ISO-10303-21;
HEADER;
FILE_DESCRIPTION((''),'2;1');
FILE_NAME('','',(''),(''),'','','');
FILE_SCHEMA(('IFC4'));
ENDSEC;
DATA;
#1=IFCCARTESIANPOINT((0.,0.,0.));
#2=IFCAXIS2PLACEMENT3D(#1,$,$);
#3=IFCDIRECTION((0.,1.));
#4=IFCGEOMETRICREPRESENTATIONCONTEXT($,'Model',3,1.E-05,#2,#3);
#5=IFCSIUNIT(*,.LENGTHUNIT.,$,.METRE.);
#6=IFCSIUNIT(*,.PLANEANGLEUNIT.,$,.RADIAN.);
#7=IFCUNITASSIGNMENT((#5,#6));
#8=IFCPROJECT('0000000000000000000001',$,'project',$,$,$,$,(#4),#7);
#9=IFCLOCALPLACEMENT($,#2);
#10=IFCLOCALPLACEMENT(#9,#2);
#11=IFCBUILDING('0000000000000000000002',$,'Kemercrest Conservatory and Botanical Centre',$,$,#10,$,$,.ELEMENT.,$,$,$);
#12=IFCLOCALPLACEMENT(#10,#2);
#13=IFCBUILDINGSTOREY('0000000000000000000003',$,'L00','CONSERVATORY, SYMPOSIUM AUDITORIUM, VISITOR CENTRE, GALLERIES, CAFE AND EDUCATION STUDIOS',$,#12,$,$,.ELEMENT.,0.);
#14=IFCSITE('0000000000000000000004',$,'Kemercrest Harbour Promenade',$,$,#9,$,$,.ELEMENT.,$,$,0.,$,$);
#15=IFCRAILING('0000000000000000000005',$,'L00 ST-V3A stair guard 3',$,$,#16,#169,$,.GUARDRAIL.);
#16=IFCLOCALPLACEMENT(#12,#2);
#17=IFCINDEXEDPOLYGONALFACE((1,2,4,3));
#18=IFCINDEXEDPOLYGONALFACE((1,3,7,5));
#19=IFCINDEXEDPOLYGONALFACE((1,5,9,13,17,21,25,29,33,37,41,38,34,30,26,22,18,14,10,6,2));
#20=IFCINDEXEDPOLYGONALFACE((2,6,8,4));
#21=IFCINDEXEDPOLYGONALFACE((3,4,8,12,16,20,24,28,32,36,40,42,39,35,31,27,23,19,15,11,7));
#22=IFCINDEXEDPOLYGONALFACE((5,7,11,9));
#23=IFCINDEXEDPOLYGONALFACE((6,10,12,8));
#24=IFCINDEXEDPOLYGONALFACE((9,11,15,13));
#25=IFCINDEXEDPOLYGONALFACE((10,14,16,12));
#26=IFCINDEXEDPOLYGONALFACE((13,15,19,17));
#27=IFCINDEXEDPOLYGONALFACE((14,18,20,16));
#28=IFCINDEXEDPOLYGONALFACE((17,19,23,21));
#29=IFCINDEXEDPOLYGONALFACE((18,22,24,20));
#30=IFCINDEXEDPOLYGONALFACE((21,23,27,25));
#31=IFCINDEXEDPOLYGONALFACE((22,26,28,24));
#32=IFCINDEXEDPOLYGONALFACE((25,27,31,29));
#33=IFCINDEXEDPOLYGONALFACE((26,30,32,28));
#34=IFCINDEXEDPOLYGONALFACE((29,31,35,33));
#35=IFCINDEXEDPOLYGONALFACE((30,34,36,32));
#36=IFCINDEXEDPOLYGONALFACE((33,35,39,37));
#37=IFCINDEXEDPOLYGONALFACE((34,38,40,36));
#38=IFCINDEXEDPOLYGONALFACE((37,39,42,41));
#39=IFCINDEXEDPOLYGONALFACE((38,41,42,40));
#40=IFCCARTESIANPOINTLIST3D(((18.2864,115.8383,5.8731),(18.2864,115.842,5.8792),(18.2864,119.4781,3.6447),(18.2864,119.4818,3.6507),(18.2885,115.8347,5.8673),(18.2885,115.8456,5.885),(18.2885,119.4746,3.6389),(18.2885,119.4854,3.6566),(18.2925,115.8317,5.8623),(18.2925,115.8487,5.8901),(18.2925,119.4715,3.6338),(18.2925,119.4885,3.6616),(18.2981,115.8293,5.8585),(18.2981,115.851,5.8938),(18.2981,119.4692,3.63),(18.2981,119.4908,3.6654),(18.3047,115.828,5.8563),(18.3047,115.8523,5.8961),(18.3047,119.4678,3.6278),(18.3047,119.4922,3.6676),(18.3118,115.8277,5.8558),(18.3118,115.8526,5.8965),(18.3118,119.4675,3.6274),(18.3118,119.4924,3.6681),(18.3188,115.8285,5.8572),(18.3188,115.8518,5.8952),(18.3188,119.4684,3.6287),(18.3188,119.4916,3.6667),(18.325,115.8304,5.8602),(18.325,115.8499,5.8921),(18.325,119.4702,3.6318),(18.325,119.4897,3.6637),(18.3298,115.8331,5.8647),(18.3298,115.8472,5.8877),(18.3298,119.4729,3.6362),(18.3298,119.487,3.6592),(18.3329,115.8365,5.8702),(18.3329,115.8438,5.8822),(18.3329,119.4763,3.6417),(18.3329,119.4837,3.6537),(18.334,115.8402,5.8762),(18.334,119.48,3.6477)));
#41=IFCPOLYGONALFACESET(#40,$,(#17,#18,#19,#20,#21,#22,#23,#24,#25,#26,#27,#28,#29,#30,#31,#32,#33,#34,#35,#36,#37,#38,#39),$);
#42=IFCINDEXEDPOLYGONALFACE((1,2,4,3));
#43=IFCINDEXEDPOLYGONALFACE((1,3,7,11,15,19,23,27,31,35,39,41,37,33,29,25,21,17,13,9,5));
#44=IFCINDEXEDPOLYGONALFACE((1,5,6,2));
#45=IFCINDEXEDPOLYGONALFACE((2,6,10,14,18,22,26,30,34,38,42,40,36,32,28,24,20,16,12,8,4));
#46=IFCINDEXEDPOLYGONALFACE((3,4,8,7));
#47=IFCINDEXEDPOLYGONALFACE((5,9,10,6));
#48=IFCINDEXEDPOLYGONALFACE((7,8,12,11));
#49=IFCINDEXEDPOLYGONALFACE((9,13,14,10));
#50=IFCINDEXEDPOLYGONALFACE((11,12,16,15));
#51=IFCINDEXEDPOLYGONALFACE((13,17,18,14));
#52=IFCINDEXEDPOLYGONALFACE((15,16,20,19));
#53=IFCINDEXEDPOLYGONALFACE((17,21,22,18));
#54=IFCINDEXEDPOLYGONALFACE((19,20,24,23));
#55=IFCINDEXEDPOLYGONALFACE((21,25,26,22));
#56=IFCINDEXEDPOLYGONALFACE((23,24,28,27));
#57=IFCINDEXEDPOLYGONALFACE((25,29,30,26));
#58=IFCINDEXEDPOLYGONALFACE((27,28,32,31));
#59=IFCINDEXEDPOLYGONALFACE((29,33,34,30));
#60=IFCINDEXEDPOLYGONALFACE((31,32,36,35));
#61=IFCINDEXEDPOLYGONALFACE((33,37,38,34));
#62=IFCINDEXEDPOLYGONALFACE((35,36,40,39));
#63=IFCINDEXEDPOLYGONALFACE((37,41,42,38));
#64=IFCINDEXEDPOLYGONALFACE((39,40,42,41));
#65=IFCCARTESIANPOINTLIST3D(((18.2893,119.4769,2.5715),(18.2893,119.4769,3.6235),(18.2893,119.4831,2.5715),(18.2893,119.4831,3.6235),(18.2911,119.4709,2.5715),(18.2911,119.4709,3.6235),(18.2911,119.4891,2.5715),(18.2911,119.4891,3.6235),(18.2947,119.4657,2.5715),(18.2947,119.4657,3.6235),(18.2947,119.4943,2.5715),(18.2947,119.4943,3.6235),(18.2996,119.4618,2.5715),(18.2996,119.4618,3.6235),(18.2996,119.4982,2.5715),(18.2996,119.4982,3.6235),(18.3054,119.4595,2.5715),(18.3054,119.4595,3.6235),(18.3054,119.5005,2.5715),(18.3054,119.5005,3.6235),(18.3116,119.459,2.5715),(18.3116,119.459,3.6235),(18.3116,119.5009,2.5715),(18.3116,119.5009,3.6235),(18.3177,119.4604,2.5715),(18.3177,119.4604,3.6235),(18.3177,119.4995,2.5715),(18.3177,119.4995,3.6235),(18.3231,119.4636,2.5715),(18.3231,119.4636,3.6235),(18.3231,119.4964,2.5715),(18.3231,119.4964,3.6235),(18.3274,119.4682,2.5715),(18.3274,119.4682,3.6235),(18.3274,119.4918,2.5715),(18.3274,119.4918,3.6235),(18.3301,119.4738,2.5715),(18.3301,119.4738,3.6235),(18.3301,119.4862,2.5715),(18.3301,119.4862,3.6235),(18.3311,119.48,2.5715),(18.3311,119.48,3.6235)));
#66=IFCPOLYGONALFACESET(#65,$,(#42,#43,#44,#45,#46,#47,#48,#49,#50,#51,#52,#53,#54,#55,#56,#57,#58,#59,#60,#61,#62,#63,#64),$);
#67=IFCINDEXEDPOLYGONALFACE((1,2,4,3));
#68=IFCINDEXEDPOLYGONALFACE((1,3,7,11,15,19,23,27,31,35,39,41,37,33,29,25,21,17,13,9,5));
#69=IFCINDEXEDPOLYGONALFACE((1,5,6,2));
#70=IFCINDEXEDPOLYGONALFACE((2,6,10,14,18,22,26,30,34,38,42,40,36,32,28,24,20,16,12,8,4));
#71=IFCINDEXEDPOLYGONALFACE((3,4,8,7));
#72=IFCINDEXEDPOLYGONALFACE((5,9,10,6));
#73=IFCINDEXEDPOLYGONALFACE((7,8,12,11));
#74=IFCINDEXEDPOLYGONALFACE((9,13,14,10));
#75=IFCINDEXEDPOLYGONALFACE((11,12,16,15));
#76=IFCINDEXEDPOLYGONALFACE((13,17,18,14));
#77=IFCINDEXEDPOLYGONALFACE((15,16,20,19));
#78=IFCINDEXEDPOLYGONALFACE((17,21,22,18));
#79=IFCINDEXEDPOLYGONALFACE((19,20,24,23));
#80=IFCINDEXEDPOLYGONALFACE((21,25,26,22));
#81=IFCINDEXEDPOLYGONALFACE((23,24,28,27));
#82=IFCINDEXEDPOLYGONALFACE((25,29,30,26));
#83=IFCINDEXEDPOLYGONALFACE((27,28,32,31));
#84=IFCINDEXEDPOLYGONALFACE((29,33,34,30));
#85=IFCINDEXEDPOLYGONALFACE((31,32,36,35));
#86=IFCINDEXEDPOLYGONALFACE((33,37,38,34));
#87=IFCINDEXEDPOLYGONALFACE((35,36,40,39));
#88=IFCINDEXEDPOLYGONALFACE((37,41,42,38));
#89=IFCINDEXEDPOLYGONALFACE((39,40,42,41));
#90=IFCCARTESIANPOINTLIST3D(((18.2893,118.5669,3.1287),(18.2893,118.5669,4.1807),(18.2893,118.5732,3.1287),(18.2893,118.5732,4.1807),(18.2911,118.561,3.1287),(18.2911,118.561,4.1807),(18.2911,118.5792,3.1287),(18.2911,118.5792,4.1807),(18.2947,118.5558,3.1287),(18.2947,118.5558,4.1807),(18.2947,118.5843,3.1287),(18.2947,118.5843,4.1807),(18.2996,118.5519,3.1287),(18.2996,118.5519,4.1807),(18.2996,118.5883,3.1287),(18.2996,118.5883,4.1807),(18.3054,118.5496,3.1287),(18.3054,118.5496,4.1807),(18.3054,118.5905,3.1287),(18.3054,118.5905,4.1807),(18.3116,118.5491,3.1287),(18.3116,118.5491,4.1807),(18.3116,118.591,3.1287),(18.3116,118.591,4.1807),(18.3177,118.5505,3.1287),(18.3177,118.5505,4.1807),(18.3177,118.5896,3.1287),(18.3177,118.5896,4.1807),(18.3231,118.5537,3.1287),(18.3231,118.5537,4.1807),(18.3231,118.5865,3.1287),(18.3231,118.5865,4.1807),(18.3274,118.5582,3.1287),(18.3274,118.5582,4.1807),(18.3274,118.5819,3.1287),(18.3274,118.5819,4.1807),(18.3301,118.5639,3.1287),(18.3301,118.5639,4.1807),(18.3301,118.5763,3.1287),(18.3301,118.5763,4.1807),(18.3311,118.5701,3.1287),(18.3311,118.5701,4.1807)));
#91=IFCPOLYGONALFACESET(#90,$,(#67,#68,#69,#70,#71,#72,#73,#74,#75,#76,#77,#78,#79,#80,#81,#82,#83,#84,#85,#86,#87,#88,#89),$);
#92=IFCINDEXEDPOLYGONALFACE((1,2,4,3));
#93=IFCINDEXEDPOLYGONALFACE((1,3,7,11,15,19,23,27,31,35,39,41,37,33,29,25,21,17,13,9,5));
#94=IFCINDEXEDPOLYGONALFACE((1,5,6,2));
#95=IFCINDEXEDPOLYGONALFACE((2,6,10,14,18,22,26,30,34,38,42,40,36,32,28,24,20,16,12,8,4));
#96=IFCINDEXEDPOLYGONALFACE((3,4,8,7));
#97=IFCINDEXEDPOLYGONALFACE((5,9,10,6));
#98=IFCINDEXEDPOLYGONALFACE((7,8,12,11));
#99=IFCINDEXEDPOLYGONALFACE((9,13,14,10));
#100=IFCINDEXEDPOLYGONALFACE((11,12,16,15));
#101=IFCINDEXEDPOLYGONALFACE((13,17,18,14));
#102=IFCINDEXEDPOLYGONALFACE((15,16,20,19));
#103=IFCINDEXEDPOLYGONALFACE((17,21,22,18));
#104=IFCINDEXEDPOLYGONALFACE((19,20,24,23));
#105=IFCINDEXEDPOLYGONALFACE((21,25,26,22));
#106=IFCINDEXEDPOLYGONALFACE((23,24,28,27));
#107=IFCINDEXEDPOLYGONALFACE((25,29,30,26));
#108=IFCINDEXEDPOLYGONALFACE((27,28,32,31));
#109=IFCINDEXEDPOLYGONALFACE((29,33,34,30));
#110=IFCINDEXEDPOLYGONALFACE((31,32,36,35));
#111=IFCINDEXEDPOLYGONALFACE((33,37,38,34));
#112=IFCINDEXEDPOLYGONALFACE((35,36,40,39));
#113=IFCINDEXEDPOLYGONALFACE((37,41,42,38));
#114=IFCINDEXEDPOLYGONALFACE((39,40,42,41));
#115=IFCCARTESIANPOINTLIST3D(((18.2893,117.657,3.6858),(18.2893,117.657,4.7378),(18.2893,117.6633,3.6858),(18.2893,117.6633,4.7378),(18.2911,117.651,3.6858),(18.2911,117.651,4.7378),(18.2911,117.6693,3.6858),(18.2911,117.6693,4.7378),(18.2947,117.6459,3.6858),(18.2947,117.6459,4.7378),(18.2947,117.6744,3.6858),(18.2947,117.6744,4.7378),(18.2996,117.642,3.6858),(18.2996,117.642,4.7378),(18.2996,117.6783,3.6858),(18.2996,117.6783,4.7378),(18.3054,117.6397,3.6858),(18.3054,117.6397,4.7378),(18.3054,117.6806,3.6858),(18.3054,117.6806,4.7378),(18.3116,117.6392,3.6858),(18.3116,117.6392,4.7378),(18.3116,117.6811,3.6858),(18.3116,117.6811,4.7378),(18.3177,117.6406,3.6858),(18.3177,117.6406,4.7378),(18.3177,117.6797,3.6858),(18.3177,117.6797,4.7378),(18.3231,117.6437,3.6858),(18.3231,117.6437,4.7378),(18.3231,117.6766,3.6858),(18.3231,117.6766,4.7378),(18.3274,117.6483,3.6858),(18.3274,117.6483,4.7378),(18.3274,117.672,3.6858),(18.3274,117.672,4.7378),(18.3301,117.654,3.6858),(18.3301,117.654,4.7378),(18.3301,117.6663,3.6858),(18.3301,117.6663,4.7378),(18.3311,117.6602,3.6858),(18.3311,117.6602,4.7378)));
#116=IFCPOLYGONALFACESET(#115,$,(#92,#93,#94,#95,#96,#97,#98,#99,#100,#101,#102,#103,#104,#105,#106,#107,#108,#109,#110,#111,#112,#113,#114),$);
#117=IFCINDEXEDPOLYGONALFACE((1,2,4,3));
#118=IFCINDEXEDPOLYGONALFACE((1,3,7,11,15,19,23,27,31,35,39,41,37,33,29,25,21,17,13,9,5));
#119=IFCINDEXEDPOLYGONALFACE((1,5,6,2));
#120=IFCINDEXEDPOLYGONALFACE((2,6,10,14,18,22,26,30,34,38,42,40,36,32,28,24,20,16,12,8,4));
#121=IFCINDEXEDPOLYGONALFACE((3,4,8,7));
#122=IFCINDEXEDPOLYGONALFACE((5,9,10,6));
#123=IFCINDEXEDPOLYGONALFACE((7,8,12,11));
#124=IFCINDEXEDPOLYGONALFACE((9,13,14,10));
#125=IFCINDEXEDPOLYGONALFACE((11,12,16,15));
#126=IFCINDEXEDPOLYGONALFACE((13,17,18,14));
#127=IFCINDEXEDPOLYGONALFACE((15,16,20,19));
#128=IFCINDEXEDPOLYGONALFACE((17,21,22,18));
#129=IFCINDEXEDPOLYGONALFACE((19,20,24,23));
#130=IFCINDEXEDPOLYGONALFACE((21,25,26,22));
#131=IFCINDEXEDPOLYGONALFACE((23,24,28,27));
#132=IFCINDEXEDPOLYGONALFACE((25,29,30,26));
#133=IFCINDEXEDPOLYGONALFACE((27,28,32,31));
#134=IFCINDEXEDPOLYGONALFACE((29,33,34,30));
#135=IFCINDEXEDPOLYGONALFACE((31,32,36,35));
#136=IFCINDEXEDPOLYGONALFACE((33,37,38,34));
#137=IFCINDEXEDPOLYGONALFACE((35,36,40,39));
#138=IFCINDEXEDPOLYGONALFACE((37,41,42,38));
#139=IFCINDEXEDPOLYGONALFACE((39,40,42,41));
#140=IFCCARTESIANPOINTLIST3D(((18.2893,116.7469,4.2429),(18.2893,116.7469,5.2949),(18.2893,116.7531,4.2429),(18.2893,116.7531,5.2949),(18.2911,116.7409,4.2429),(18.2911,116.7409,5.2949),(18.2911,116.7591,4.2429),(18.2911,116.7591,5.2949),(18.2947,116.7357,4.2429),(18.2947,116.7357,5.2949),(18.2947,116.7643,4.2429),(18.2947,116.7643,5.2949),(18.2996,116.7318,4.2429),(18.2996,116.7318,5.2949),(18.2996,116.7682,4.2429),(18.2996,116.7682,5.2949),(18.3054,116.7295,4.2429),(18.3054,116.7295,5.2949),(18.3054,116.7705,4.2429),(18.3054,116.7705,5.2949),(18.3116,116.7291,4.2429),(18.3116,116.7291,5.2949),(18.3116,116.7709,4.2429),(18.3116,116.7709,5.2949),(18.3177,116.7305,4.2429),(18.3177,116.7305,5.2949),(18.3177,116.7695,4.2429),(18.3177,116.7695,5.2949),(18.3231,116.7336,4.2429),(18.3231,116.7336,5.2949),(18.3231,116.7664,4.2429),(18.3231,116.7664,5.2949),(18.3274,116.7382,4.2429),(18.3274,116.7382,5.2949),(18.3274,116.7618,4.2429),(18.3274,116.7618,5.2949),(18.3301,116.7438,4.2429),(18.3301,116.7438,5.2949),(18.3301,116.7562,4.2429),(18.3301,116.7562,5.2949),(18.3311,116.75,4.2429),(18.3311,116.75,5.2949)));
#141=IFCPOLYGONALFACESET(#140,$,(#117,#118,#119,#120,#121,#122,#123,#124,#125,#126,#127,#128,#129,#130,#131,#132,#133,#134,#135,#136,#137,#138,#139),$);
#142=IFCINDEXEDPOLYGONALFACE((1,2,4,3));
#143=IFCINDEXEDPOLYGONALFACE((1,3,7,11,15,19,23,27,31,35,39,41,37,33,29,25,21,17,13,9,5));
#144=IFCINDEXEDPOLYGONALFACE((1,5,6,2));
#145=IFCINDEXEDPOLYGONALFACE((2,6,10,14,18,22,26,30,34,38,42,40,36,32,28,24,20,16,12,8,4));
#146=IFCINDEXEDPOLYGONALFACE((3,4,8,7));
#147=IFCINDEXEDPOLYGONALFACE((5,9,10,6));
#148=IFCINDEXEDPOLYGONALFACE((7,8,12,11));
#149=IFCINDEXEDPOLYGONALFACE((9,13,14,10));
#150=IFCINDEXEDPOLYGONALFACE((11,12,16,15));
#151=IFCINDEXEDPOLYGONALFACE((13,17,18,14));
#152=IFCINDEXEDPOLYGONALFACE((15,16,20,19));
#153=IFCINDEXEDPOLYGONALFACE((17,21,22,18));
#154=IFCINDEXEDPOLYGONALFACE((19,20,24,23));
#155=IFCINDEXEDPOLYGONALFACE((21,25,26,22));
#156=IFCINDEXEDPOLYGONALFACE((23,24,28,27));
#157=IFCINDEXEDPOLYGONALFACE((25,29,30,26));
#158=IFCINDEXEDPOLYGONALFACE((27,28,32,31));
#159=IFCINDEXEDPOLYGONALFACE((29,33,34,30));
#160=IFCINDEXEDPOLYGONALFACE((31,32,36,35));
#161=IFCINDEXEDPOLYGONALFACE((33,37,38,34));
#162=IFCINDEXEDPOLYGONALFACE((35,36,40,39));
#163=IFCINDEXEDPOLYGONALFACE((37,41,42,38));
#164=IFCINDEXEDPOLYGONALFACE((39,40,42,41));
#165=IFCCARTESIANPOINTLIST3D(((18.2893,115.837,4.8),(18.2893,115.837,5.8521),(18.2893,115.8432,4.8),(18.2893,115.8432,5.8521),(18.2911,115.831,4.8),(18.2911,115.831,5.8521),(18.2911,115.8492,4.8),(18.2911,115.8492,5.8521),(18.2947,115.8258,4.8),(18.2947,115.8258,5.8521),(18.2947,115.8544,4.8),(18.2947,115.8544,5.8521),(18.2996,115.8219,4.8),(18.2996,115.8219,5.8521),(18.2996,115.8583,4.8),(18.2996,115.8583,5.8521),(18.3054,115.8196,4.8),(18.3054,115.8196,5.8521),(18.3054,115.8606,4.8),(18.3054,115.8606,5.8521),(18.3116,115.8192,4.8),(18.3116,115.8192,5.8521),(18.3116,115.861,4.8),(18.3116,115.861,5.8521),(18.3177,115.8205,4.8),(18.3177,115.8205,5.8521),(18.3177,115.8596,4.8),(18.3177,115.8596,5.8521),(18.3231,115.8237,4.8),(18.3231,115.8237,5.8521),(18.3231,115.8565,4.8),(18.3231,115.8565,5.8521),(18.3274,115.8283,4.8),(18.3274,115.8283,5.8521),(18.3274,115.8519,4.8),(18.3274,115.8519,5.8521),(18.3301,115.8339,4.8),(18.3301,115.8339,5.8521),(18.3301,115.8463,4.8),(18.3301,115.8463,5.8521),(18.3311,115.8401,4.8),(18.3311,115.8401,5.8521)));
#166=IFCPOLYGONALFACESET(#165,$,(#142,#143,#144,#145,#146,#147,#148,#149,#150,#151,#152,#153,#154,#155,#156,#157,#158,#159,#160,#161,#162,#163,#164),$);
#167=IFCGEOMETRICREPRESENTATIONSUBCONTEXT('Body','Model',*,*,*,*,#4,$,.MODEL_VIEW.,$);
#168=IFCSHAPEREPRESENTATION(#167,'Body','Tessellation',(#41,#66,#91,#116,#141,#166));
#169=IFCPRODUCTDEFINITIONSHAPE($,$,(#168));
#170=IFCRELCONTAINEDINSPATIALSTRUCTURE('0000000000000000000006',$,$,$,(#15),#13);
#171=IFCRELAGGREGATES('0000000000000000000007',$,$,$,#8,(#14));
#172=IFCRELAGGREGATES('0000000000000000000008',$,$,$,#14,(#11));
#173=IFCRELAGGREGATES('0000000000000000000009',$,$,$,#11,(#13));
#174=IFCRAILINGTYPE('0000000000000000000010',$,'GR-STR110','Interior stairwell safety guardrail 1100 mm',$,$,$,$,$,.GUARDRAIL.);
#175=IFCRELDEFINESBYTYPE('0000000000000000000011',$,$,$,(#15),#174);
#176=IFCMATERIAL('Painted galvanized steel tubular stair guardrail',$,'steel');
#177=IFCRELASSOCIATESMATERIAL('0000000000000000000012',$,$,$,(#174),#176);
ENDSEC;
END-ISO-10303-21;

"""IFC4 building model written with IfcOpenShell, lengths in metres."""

from ifc_helpers import new_model, si_unit, direction, frame, origin, origin_2d, place, context, subcontext, project, spatial, circle, extrude, material, type_object, element, save


model = new_model("IFC4")

# Units and contexts
model_context = context("Model", 3, precision=1e-05, world=origin(), true_north=direction((0.0, 1.0)))
body_context = subcontext(model_context, "Body", "Model", "MODEL_VIEW")
ifc_project = project(units=[si_unit("LENGTHUNIT", "METRE"), si_unit("PLANEANGLEUNIT", "RADIAN")], contexts=[model_context])

# Site, building, storey
site_placement = place(None, origin())
site = spatial("IfcSite", under=ifc_project, at=site_placement, Name="Kemercrest Harbour Promenade", CompositionType="ELEMENT", RefElevation=0.0)
building_placement = place(site_placement, origin())
building = spatial("IfcBuilding", under=site, at=building_placement, Name="Kemercrest Conservatory and Botanical Centre", CompositionType="ELEMENT")
storey_placement = place(building_placement, origin())
storey = spatial("IfcBuildingStorey", under=building, at=storey_placement, Name="L00", Description="CONSERVATORY, SYMPOSIUM AUDITORIUM, VISITOR CENTRE, GALLERIES, CAFE AND EDUCATION STUDIOS", CompositionType="ELEMENT", Elevation=0.0)

# Railing
ifc_material_1 = material(Name="Painted galvanized steel tubular stair guardrail", Category="steel")
railing_type_1 = type_object("IfcRailingType", Name="GR-STR110", Description="Interior stairwell safety guardrail 1100 mm", PredefinedType="GUARDRAIL", material=ifc_material_1)
railing_1_placement = place(storey_placement, frame((18.3101, 119.48, 2.5715)))
element("IfcRailing", 1, at=railing_1_placement, inside=storey, type_object=railing_type_1, Name="L00 ST-V3A stair guard 3", PredefinedType="GUARDRAIL", context=body_context, shape_type="SweptSolid", body=[
    extrude(circle(Radius=0.0239, at=origin_2d()), frame((0.0, 0.0, 1.0762), z_axis=(0.0, -0.85285, 0.522156), x_axis=(1.0, 0.0, 0.0)), (0.0, 0.0, 1.0), 4.2678),
    extrude(circle(Radius=0.021, at=origin_2d()), origin(), (0.0, 0.0, 1.0), 1.052),
    extrude(circle(Radius=0.021, at=origin_2d()), frame((0.0, -0.9099, 0.5571)), (0.0, 0.0, 1.0), 1.052),
    extrude(circle(Radius=0.021, at=origin_2d()), frame((0.0, -1.8198, 1.1143)), (0.0, 0.0, 1.0), 1.052),
    extrude(circle(Radius=0.021, at=origin_2d()), frame((0.0, -2.73, 1.6714)), (0.0, 0.0, 1.0), 1.052),
    extrude(circle(Radius=0.021, at=origin_2d()), frame((0.0, -3.6399, 2.2285)), (0.0, 0.0, 1.0), 1.052),
])

save(model, "model.ifc")
